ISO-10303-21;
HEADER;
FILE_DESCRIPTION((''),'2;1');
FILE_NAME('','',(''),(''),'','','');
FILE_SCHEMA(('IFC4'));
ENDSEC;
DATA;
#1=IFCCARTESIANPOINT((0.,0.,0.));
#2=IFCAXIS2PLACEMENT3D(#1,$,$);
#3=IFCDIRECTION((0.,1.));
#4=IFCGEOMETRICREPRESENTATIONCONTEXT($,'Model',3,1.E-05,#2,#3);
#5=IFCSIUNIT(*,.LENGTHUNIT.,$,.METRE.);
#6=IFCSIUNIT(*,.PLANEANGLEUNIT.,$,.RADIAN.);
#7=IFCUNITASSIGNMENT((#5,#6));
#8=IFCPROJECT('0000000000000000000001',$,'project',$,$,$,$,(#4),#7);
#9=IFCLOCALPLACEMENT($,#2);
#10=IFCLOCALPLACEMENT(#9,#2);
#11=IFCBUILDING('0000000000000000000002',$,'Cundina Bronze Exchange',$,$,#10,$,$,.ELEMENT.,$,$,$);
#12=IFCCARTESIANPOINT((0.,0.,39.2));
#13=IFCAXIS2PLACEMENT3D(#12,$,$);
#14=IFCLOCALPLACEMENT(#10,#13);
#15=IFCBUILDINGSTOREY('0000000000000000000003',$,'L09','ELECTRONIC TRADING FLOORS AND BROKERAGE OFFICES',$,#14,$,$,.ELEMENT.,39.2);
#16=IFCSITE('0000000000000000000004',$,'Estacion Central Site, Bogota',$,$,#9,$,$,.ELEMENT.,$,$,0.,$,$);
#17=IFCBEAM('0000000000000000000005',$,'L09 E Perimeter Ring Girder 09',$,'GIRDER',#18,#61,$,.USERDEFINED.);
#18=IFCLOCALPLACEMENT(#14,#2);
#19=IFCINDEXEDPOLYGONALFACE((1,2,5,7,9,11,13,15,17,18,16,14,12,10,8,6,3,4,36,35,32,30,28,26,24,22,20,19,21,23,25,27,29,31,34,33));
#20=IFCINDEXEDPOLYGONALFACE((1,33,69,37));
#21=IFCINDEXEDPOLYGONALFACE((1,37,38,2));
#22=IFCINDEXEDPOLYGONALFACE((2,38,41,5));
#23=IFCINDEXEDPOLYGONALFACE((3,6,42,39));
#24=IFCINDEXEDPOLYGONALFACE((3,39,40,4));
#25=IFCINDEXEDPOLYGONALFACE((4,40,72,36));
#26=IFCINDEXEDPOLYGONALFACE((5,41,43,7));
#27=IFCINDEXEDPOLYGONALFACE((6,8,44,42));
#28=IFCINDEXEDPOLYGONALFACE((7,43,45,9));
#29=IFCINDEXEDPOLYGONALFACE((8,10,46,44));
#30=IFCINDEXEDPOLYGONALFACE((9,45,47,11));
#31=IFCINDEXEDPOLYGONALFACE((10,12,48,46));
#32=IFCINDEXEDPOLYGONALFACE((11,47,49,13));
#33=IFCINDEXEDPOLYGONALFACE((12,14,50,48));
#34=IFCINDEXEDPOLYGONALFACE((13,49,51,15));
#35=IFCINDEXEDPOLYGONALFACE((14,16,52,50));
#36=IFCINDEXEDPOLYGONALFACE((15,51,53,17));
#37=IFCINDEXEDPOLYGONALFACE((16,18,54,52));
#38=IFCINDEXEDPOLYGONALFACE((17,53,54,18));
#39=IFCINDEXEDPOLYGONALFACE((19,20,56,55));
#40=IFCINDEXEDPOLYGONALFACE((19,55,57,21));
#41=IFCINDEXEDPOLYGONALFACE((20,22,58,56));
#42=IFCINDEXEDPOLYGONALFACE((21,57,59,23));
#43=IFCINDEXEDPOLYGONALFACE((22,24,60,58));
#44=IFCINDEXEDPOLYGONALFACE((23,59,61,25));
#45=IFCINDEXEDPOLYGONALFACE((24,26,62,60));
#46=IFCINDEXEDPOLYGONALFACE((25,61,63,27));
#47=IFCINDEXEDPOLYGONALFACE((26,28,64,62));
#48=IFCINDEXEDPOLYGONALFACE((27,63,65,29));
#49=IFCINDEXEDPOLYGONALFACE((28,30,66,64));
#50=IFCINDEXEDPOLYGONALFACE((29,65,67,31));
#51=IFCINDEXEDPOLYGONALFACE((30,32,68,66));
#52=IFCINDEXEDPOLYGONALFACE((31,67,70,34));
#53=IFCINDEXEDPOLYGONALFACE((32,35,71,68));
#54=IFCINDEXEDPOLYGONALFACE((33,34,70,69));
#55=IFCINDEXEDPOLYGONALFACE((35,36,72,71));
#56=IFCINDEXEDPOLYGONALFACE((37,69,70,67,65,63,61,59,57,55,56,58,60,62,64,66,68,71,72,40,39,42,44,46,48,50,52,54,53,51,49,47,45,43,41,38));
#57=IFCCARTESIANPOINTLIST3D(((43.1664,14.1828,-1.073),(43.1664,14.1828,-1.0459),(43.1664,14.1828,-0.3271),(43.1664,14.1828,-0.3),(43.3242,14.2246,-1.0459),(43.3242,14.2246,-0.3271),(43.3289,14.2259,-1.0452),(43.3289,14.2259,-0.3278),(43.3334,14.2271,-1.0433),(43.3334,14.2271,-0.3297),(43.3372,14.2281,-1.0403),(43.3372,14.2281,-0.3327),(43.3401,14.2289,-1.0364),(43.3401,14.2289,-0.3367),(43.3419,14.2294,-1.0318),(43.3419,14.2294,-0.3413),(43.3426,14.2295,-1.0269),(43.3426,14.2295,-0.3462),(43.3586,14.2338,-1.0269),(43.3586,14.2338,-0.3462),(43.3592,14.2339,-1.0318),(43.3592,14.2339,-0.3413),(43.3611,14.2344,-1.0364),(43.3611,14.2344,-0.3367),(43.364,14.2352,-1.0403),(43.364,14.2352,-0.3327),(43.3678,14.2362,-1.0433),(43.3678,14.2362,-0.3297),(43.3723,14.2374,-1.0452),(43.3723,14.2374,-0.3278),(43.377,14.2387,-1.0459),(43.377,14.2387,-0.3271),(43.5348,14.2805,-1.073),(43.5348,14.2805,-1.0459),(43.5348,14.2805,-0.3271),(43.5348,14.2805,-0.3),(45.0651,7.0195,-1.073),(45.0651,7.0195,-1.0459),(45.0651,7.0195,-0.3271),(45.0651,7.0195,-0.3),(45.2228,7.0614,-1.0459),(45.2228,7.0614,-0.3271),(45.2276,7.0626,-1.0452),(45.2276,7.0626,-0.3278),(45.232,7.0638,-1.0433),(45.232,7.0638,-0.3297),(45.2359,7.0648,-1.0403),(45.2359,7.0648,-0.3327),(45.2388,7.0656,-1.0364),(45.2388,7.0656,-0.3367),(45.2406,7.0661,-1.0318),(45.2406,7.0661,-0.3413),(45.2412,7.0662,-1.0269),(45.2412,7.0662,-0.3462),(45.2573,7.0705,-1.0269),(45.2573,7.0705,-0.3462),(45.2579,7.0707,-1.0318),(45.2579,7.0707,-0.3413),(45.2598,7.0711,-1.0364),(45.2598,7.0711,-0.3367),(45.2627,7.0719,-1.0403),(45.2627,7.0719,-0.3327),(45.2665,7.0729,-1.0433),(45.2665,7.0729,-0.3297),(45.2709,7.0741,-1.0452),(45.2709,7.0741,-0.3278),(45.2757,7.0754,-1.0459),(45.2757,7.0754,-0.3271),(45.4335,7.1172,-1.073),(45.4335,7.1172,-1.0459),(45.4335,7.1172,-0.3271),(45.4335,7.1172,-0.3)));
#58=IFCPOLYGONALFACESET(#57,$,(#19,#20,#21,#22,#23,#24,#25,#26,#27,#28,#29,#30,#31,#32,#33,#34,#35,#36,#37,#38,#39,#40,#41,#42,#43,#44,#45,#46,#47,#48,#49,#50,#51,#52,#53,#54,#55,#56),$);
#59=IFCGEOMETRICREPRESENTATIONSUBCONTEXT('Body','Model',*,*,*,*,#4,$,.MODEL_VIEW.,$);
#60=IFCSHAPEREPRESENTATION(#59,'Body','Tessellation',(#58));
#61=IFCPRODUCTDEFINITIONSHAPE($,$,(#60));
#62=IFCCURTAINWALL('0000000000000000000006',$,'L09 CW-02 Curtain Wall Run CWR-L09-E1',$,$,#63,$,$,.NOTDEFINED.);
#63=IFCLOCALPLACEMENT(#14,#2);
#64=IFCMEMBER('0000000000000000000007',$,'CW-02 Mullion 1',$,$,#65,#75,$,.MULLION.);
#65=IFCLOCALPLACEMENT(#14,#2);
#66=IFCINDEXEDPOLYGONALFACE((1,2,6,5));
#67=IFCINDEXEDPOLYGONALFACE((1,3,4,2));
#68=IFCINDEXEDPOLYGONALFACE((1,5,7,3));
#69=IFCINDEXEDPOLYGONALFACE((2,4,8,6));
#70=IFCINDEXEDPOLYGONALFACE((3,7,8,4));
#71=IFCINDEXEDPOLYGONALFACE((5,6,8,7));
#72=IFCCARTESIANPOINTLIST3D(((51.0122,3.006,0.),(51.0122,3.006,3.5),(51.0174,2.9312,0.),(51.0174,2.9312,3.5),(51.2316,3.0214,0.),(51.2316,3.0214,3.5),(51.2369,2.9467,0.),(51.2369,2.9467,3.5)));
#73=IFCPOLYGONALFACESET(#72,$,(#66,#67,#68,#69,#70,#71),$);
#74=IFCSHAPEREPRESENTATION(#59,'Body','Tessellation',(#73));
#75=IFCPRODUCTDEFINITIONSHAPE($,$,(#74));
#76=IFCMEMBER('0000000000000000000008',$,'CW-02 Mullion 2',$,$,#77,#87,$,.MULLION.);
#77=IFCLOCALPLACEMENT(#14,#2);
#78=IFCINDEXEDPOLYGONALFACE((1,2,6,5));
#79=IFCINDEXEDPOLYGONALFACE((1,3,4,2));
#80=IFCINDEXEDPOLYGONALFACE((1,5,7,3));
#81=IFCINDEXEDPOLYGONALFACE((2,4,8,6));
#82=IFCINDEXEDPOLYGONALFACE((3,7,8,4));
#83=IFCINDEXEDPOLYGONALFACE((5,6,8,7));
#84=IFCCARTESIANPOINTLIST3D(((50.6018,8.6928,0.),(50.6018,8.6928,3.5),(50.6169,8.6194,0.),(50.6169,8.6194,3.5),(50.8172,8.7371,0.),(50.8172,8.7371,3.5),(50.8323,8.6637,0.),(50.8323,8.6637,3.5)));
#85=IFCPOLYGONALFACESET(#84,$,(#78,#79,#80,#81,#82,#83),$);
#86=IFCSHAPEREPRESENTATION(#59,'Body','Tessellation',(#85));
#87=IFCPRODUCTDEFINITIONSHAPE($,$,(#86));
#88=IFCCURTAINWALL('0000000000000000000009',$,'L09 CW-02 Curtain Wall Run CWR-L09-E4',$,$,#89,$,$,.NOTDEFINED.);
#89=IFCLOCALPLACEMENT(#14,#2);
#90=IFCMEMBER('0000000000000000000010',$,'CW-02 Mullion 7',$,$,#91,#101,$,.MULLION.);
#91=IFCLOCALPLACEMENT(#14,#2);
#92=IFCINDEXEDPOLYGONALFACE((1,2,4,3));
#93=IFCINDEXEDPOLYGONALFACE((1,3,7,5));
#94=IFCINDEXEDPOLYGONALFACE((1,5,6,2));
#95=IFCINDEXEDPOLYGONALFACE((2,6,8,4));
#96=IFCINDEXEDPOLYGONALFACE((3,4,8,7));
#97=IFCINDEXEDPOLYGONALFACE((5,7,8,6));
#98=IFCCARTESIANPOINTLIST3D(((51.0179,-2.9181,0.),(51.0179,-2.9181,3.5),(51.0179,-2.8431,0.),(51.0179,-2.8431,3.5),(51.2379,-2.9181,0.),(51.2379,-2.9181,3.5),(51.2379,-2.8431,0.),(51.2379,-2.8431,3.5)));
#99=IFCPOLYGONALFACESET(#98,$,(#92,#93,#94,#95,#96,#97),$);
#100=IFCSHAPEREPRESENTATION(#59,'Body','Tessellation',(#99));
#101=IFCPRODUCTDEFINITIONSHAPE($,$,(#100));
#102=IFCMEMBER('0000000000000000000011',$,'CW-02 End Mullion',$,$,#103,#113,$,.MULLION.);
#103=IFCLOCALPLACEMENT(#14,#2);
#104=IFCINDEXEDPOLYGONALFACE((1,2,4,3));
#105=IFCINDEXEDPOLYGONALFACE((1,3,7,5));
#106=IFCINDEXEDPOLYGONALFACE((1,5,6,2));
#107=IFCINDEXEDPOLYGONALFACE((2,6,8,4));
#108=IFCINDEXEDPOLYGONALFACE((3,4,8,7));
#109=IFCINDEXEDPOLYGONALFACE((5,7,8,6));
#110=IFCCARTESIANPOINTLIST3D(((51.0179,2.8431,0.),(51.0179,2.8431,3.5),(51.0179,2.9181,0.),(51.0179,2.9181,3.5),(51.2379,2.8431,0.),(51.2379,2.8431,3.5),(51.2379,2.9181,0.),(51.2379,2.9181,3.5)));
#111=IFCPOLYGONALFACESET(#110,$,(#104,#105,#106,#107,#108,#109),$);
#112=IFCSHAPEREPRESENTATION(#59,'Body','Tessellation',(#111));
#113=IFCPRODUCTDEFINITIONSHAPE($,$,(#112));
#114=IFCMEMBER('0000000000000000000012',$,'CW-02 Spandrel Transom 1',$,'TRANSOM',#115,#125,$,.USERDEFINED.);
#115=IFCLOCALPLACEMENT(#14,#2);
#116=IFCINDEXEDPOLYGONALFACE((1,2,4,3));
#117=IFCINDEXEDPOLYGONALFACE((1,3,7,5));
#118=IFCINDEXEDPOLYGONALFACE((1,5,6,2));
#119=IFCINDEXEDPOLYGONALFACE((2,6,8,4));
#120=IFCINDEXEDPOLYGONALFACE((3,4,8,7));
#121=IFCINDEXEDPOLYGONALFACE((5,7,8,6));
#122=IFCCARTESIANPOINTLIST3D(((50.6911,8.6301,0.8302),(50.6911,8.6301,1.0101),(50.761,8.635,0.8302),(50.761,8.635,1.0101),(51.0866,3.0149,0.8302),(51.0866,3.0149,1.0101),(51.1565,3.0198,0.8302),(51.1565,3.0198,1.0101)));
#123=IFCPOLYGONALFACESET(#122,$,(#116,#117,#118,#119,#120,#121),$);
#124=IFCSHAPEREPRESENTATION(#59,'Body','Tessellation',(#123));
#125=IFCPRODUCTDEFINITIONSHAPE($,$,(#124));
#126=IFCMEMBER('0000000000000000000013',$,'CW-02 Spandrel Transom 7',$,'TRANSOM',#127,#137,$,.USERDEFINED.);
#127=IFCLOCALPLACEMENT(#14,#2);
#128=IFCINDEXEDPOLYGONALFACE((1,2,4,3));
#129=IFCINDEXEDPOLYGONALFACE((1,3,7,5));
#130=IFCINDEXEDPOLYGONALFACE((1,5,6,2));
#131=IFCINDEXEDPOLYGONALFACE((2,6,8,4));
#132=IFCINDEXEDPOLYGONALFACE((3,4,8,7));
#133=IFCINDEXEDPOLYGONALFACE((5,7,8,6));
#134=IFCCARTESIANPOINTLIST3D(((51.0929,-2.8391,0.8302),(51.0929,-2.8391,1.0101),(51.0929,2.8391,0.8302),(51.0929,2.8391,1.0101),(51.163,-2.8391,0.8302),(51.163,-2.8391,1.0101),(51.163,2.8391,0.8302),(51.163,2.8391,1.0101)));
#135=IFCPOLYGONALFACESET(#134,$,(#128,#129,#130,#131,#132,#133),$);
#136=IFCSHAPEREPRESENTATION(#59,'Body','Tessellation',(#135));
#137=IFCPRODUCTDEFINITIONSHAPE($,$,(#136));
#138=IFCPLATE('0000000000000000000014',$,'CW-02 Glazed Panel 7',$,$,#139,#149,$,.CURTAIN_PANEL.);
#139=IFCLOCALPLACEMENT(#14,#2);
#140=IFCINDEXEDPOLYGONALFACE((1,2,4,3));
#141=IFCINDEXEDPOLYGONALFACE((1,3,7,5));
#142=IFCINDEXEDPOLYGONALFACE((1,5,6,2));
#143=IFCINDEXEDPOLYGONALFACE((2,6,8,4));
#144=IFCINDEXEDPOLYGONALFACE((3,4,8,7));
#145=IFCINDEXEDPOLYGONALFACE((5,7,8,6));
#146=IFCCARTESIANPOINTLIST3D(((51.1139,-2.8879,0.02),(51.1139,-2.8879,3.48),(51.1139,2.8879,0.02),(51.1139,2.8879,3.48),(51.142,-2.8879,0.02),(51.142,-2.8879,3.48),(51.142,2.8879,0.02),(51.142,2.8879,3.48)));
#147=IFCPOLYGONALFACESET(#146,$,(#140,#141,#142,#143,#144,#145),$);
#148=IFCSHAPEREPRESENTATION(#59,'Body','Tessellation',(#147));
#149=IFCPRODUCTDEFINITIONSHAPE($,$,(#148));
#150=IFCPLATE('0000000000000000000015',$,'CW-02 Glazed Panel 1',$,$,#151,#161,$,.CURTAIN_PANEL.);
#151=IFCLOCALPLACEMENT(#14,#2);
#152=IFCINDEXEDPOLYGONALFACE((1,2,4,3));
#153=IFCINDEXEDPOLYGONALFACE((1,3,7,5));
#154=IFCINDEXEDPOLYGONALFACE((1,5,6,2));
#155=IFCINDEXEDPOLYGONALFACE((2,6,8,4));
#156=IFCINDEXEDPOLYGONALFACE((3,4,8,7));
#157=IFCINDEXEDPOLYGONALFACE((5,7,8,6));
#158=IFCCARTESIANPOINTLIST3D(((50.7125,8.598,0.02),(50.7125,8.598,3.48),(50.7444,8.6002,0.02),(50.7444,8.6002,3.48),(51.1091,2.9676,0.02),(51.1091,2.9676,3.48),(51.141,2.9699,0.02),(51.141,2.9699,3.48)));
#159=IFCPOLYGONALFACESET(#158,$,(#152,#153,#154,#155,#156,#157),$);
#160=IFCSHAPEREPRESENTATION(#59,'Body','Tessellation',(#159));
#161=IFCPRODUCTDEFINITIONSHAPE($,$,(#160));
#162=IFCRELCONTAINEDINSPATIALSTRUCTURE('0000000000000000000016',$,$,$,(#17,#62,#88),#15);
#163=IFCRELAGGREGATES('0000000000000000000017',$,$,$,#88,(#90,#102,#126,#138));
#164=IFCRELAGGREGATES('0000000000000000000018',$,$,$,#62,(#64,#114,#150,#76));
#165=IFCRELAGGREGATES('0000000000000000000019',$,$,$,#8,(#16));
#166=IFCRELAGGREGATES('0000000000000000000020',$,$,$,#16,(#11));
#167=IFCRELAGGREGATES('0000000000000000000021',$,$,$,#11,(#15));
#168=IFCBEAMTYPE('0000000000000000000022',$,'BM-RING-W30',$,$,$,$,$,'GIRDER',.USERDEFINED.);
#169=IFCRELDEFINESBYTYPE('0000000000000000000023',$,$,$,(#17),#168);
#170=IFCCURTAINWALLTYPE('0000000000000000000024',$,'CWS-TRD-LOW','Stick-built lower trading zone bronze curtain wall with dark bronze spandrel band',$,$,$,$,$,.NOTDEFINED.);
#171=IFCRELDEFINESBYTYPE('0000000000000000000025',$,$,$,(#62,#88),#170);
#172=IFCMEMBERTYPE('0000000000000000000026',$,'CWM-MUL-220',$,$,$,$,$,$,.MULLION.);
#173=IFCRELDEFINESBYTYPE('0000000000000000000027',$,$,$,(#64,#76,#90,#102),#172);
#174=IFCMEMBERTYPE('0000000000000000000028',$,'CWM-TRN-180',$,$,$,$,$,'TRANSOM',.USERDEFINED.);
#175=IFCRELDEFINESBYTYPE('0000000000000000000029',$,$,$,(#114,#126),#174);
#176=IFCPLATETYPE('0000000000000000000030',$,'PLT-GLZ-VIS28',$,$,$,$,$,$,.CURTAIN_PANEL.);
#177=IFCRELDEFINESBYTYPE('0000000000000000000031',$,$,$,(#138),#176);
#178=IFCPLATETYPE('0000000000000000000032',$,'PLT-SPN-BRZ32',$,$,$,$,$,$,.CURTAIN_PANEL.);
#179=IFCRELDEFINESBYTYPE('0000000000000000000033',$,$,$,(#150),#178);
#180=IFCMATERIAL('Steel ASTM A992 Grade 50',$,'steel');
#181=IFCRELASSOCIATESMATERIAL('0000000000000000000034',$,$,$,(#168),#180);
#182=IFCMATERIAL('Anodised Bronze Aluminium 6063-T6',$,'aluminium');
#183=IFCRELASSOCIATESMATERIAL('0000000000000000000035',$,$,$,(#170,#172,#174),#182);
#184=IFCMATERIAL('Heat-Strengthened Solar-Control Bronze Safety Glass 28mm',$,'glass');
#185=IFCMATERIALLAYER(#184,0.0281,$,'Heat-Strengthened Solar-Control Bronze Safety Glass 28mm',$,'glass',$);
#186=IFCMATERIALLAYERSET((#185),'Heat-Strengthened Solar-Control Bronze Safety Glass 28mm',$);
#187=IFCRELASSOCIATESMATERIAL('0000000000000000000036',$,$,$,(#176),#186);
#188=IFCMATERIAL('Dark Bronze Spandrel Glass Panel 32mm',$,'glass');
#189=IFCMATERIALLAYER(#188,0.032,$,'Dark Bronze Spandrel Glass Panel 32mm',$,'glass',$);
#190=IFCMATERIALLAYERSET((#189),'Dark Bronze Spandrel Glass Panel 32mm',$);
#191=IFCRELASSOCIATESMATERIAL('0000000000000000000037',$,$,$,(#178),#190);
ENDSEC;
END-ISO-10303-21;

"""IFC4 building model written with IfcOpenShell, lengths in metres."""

from ifc_helpers import new_model, si_unit, direction, frame, origin, origin_2d, place, context, subcontext, project, spatial, rectangle, i_section, extrude, material, layer, layer_set, material_profile, profile_set, type_object, element, aggregate, save


model = new_model("IFC4")

# Units and contexts
model_context = context("Model", 3, precision=1e-05, world=origin(), true_north=direction((0.0, 1.0)))
body_context = subcontext(model_context, "Body", "Model", "MODEL_VIEW")
ifc_project = project(units=[si_unit("LENGTHUNIT", "METRE"), si_unit("PLANEANGLEUNIT", "RADIAN")], contexts=[model_context])

# Site, building, storey
site_placement = place(None, origin())
site = spatial("IfcSite", under=ifc_project, at=site_placement, Name="Estacion Central Site, Bogota", CompositionType="ELEMENT", RefElevation=0.0)
building_placement = place(site_placement, origin())
building = spatial("IfcBuilding", under=site, at=building_placement, Name="Cundina Bronze Exchange", CompositionType="ELEMENT")
storey_placement = place(building_placement, frame((0.0, 0.0, 39.2)))
storey = spatial("IfcBuildingStorey", under=building, at=storey_placement, Name="L09", Description="ELECTRONIC TRADING FLOORS AND BROKERAGE OFFICES", CompositionType="ELEMENT", Elevation=39.2)

# Shared definitions
ifc_material_1 = material(Name="Steel ASTM A992 Grade 50", Category="steel")

# Beam
ifc_material_profile_1 = material_profile(ifc_material_1, i_section(OverallWidth=0.3811, OverallDepth=0.7729, WebThickness=0.0166, FlangeThickness=0.0271, FilletRadius=0.019, at=origin_2d()), Name="W30X173", Category="steel")
ifc_profile_set_1 = profile_set([ifc_material_profile_1], Name="Steel ASTM A992 Grade 50")
beam_type_1 = type_object("IfcBeamType", Name="BM-RING-W30", ElementType="GIRDER", PredefinedType="USERDEFINED", material=ifc_profile_set_1)
for number, where, z_axis, x_axis, name in (
    (1, (45.2493, 7.0684, -0.6865), (-0.256209, 0.966622, 0.0), (-0.966622, -0.256209, 0.0), "L09 E Perimeter Ring Girder 09"),
):
    element("IfcBeam", number, at=place(storey_placement, frame(where, z_axis=z_axis, x_axis=x_axis)), inside=storey, type_object=beam_type_1, Name=name, ObjectType="GIRDER", PredefinedType="USERDEFINED", context=body_context, shape_type="SweptSolid", body=[
        extrude(i_section(OverallWidth=0.3811, OverallDepth=0.7729, WebThickness=0.0166, FlangeThickness=0.0271, FilletRadius=0.019, at=origin_2d()), origin(), (0.0, 0.0, 1.0), 7.4106),
    ])

# Curtain walls, members
ifc_material_2 = material(Name="Anodised Bronze Aluminium 6063-T6", Category="aluminium")
curtain_wall_type = type_object("IfcCurtainWallType", Name="CWS-TRD-LOW", Description="Stick-built lower trading zone bronze curtain wall with dark bronze spandrel band", PredefinedType="NOTDEFINED", material=ifc_material_2)
curtain_wall_1_placement = place(storey_placement, origin())
curtain_wall_1 = element("IfcCurtainWall", 2, at=curtain_wall_1_placement, inside=storey, type_object=curtain_wall_type, Name="L09 CW-02 Curtain Wall Run CWR-L09-E1", PredefinedType="NOTDEFINED")
ifc_material_profile_2 = material_profile(ifc_material_2, rectangle(XDim=0.075, YDim=0.22, at=origin_2d()), Name="AL75X220", Category="aluminium")
ifc_profile_set_2 = profile_set([ifc_material_profile_2], Name="Anodised Bronze Aluminium 6063-T6")
member_type_1 = type_object("IfcMemberType", Name="CWM-MUL-220", PredefinedType="MULLION", material=ifc_profile_set_2)
member_1_placement = place(storey_placement, frame((51.1245, 2.9763, 0.0), z_axis=(0.0, 0.0, 1.0), x_axis=(-0.070279, 0.997527, 0.0)))
member_1 = element("IfcMember", 3, at=member_1_placement, type_object=member_type_1, Name="CW-02 Mullion 1", PredefinedType="MULLION", context=body_context, shape_type="SweptSolid", body=[
    extrude(rectangle(XDim=0.075, YDim=0.22, at=origin_2d()), origin(), (0.0, 0.0, 1.0), 3.5),
])
member_2_placement = place(storey_placement, frame((50.717, 8.6782, 0.0), z_axis=(0.0, 0.0, 1.0), x_axis=(-0.20142, 0.979505, 0.0)))
member_2 = element("IfcMember", 4, at=member_2_placement, type_object=member_type_1, Name="CW-02 Mullion 2", PredefinedType="MULLION", context=body_context, shape_type="SweptSolid", body=[
    extrude(rectangle(XDim=0.075, YDim=0.22, at=origin_2d()), origin(), (0.0, 0.0, 1.0), 3.5),
])
curtain_wall_2_placement = place(storey_placement, origin())
curtain_wall_2 = element("IfcCurtainWall", 5, at=curtain_wall_2_placement, inside=storey, type_object=curtain_wall_type, Name="L09 CW-02 Curtain Wall Run CWR-L09-E4", PredefinedType="NOTDEFINED")
member_3_placement = place(storey_placement, frame((51.1279, -2.8806, 0.0), z_axis=(0.0, 0.0, 1.0), x_axis=(0.0, 1.0, 0.0)))
member_3 = element("IfcMember", 6, at=member_3_placement, type_object=member_type_1, Name="CW-02 Mullion 7", PredefinedType="MULLION", context=body_context, shape_type="SweptSolid", body=[
    extrude(rectangle(XDim=0.075, YDim=0.22, at=origin_2d()), origin(), (0.0, 0.0, 1.0), 3.5),
])
member_4_placement = place(storey_placement, frame((51.1279, 2.8806, 0.0), z_axis=(0.0, 0.0, 1.0), x_axis=(0.0, 1.0, 0.0)))
member_4 = element("IfcMember", 7, at=member_4_placement, type_object=member_type_1, Name="CW-02 End Mullion", PredefinedType="MULLION", context=body_context, shape_type="SweptSolid", body=[
    extrude(rectangle(XDim=0.075, YDim=0.22, at=origin_2d()), origin(), (0.0, 0.0, 1.0), 3.5),
])

# Members
ifc_material_profile_3 = material_profile(ifc_material_2, rectangle(XDim=0.0701, YDim=0.1799, at=origin_2d()), Name="AL70X180", Category="aluminium")
ifc_profile_set_3 = profile_set([ifc_material_profile_3], Name="Anodised Bronze Aluminium 6063-T6")
member_type_2 = type_object("IfcMemberType", Name="CWM-TRN-180", ElementType="TRANSOM", PredefinedType="USERDEFINED", material=ifc_profile_set_3)
member_5_placement = place(storey_placement, frame((51.1216, 3.0173, 0.9202), z_axis=(-0.070261, 0.997529, 0.0), x_axis=(-0.997529, -0.070261, 0.0)))
member_5 = element("IfcMember", 8, at=member_5_placement, type_object=member_type_2, Name="CW-02 Spandrel Transom 1", ObjectType="TRANSOM", PredefinedType="USERDEFINED", context=body_context, shape_type="SweptSolid", body=[
    extrude(rectangle(XDim=0.0701, YDim=0.1799, at=origin_2d()), origin(), (0.0, 0.0, 1.0), 5.6292),
])
member_6_placement = place(storey_placement, frame((51.1279, -2.8391, 0.9202), z_axis=(0.0, 1.0, 0.0), x_axis=(-1.0, 0.0, 0.0)))
member_6 = element("IfcMember", 9, at=member_6_placement, type_object=member_type_2, Name="CW-02 Spandrel Transom 7", ObjectType="TRANSOM", PredefinedType="USERDEFINED", context=body_context, shape_type="SweptSolid", body=[
    extrude(rectangle(XDim=0.0701, YDim=0.1799, at=origin_2d()), origin(), (0.0, 0.0, 1.0), 5.6782),
])

# Plates
ifc_material_3 = material(Name="Heat-Strengthened Solar-Control Bronze Safety Glass 28mm", Category="glass")
ifc_layer_1 = layer(ifc_material_3, 0.0281, Name="Heat-Strengthened Solar-Control Bronze Safety Glass 28mm", Category="glass")
ifc_layer_set_1 = layer_set([ifc_layer_1], Name="Heat-Strengthened Solar-Control Bronze Safety Glass 28mm")
plate_type_1 = type_object("IfcPlateType", Name="PLT-GLZ-VIS28", PredefinedType="CURTAIN_PANEL", material=ifc_layer_set_1)
plate_1_placement = place(storey_placement, frame((51.1279, 0.0, 0.02), z_axis=(0.0, 0.0, 1.0), x_axis=(0.0, 1.0, 0.0)))
plate_1 = element("IfcPlate", 10, at=plate_1_placement, type_object=plate_type_1, Name="CW-02 Glazed Panel 7", PredefinedType="CURTAIN_PANEL", context=body_context, shape_type="SweptSolid", body=[
    extrude(rectangle(XDim=5.7759, YDim=0.0281, at=origin_2d()), origin(), (0.0, 0.0, 1.0), 3.46),
])
aggregate(curtain_wall_2, [member_3, member_4, member_6, plate_1])
ifc_material_4 = material(Name="Dark Bronze Spandrel Glass Panel 32mm", Category="glass")
ifc_layer_2 = layer(ifc_material_4, 0.032, Name="Dark Bronze Spandrel Glass Panel 32mm", Category="glass")
ifc_layer_set_2 = layer_set([ifc_layer_2], Name="Dark Bronze Spandrel Glass Panel 32mm")
plate_type_2 = type_object("IfcPlateType", Name="PLT-SPN-BRZ32", PredefinedType="CURTAIN_PANEL", material=ifc_layer_set_2)
plate_2_placement = place(storey_placement, frame((50.9268, 5.7839, 0.02), z_axis=(0.0, 0.0, 1.0), x_axis=(-0.070279, 0.997527, 0.0)))
plate_2 = element("IfcPlate", 11, at=plate_2_placement, type_object=plate_type_2, Name="CW-02 Glazed Panel 1", PredefinedType="CURTAIN_PANEL", context=body_context, shape_type="SweptSolid", body=[
    extrude(rectangle(XDim=5.6443, YDim=0.032, at=origin_2d()), origin(), (0.0, 0.0, 1.0), 3.46),
])
aggregate(curtain_wall_1, [member_1, member_5, plate_2, member_2])

save(model, "model.ifc")
